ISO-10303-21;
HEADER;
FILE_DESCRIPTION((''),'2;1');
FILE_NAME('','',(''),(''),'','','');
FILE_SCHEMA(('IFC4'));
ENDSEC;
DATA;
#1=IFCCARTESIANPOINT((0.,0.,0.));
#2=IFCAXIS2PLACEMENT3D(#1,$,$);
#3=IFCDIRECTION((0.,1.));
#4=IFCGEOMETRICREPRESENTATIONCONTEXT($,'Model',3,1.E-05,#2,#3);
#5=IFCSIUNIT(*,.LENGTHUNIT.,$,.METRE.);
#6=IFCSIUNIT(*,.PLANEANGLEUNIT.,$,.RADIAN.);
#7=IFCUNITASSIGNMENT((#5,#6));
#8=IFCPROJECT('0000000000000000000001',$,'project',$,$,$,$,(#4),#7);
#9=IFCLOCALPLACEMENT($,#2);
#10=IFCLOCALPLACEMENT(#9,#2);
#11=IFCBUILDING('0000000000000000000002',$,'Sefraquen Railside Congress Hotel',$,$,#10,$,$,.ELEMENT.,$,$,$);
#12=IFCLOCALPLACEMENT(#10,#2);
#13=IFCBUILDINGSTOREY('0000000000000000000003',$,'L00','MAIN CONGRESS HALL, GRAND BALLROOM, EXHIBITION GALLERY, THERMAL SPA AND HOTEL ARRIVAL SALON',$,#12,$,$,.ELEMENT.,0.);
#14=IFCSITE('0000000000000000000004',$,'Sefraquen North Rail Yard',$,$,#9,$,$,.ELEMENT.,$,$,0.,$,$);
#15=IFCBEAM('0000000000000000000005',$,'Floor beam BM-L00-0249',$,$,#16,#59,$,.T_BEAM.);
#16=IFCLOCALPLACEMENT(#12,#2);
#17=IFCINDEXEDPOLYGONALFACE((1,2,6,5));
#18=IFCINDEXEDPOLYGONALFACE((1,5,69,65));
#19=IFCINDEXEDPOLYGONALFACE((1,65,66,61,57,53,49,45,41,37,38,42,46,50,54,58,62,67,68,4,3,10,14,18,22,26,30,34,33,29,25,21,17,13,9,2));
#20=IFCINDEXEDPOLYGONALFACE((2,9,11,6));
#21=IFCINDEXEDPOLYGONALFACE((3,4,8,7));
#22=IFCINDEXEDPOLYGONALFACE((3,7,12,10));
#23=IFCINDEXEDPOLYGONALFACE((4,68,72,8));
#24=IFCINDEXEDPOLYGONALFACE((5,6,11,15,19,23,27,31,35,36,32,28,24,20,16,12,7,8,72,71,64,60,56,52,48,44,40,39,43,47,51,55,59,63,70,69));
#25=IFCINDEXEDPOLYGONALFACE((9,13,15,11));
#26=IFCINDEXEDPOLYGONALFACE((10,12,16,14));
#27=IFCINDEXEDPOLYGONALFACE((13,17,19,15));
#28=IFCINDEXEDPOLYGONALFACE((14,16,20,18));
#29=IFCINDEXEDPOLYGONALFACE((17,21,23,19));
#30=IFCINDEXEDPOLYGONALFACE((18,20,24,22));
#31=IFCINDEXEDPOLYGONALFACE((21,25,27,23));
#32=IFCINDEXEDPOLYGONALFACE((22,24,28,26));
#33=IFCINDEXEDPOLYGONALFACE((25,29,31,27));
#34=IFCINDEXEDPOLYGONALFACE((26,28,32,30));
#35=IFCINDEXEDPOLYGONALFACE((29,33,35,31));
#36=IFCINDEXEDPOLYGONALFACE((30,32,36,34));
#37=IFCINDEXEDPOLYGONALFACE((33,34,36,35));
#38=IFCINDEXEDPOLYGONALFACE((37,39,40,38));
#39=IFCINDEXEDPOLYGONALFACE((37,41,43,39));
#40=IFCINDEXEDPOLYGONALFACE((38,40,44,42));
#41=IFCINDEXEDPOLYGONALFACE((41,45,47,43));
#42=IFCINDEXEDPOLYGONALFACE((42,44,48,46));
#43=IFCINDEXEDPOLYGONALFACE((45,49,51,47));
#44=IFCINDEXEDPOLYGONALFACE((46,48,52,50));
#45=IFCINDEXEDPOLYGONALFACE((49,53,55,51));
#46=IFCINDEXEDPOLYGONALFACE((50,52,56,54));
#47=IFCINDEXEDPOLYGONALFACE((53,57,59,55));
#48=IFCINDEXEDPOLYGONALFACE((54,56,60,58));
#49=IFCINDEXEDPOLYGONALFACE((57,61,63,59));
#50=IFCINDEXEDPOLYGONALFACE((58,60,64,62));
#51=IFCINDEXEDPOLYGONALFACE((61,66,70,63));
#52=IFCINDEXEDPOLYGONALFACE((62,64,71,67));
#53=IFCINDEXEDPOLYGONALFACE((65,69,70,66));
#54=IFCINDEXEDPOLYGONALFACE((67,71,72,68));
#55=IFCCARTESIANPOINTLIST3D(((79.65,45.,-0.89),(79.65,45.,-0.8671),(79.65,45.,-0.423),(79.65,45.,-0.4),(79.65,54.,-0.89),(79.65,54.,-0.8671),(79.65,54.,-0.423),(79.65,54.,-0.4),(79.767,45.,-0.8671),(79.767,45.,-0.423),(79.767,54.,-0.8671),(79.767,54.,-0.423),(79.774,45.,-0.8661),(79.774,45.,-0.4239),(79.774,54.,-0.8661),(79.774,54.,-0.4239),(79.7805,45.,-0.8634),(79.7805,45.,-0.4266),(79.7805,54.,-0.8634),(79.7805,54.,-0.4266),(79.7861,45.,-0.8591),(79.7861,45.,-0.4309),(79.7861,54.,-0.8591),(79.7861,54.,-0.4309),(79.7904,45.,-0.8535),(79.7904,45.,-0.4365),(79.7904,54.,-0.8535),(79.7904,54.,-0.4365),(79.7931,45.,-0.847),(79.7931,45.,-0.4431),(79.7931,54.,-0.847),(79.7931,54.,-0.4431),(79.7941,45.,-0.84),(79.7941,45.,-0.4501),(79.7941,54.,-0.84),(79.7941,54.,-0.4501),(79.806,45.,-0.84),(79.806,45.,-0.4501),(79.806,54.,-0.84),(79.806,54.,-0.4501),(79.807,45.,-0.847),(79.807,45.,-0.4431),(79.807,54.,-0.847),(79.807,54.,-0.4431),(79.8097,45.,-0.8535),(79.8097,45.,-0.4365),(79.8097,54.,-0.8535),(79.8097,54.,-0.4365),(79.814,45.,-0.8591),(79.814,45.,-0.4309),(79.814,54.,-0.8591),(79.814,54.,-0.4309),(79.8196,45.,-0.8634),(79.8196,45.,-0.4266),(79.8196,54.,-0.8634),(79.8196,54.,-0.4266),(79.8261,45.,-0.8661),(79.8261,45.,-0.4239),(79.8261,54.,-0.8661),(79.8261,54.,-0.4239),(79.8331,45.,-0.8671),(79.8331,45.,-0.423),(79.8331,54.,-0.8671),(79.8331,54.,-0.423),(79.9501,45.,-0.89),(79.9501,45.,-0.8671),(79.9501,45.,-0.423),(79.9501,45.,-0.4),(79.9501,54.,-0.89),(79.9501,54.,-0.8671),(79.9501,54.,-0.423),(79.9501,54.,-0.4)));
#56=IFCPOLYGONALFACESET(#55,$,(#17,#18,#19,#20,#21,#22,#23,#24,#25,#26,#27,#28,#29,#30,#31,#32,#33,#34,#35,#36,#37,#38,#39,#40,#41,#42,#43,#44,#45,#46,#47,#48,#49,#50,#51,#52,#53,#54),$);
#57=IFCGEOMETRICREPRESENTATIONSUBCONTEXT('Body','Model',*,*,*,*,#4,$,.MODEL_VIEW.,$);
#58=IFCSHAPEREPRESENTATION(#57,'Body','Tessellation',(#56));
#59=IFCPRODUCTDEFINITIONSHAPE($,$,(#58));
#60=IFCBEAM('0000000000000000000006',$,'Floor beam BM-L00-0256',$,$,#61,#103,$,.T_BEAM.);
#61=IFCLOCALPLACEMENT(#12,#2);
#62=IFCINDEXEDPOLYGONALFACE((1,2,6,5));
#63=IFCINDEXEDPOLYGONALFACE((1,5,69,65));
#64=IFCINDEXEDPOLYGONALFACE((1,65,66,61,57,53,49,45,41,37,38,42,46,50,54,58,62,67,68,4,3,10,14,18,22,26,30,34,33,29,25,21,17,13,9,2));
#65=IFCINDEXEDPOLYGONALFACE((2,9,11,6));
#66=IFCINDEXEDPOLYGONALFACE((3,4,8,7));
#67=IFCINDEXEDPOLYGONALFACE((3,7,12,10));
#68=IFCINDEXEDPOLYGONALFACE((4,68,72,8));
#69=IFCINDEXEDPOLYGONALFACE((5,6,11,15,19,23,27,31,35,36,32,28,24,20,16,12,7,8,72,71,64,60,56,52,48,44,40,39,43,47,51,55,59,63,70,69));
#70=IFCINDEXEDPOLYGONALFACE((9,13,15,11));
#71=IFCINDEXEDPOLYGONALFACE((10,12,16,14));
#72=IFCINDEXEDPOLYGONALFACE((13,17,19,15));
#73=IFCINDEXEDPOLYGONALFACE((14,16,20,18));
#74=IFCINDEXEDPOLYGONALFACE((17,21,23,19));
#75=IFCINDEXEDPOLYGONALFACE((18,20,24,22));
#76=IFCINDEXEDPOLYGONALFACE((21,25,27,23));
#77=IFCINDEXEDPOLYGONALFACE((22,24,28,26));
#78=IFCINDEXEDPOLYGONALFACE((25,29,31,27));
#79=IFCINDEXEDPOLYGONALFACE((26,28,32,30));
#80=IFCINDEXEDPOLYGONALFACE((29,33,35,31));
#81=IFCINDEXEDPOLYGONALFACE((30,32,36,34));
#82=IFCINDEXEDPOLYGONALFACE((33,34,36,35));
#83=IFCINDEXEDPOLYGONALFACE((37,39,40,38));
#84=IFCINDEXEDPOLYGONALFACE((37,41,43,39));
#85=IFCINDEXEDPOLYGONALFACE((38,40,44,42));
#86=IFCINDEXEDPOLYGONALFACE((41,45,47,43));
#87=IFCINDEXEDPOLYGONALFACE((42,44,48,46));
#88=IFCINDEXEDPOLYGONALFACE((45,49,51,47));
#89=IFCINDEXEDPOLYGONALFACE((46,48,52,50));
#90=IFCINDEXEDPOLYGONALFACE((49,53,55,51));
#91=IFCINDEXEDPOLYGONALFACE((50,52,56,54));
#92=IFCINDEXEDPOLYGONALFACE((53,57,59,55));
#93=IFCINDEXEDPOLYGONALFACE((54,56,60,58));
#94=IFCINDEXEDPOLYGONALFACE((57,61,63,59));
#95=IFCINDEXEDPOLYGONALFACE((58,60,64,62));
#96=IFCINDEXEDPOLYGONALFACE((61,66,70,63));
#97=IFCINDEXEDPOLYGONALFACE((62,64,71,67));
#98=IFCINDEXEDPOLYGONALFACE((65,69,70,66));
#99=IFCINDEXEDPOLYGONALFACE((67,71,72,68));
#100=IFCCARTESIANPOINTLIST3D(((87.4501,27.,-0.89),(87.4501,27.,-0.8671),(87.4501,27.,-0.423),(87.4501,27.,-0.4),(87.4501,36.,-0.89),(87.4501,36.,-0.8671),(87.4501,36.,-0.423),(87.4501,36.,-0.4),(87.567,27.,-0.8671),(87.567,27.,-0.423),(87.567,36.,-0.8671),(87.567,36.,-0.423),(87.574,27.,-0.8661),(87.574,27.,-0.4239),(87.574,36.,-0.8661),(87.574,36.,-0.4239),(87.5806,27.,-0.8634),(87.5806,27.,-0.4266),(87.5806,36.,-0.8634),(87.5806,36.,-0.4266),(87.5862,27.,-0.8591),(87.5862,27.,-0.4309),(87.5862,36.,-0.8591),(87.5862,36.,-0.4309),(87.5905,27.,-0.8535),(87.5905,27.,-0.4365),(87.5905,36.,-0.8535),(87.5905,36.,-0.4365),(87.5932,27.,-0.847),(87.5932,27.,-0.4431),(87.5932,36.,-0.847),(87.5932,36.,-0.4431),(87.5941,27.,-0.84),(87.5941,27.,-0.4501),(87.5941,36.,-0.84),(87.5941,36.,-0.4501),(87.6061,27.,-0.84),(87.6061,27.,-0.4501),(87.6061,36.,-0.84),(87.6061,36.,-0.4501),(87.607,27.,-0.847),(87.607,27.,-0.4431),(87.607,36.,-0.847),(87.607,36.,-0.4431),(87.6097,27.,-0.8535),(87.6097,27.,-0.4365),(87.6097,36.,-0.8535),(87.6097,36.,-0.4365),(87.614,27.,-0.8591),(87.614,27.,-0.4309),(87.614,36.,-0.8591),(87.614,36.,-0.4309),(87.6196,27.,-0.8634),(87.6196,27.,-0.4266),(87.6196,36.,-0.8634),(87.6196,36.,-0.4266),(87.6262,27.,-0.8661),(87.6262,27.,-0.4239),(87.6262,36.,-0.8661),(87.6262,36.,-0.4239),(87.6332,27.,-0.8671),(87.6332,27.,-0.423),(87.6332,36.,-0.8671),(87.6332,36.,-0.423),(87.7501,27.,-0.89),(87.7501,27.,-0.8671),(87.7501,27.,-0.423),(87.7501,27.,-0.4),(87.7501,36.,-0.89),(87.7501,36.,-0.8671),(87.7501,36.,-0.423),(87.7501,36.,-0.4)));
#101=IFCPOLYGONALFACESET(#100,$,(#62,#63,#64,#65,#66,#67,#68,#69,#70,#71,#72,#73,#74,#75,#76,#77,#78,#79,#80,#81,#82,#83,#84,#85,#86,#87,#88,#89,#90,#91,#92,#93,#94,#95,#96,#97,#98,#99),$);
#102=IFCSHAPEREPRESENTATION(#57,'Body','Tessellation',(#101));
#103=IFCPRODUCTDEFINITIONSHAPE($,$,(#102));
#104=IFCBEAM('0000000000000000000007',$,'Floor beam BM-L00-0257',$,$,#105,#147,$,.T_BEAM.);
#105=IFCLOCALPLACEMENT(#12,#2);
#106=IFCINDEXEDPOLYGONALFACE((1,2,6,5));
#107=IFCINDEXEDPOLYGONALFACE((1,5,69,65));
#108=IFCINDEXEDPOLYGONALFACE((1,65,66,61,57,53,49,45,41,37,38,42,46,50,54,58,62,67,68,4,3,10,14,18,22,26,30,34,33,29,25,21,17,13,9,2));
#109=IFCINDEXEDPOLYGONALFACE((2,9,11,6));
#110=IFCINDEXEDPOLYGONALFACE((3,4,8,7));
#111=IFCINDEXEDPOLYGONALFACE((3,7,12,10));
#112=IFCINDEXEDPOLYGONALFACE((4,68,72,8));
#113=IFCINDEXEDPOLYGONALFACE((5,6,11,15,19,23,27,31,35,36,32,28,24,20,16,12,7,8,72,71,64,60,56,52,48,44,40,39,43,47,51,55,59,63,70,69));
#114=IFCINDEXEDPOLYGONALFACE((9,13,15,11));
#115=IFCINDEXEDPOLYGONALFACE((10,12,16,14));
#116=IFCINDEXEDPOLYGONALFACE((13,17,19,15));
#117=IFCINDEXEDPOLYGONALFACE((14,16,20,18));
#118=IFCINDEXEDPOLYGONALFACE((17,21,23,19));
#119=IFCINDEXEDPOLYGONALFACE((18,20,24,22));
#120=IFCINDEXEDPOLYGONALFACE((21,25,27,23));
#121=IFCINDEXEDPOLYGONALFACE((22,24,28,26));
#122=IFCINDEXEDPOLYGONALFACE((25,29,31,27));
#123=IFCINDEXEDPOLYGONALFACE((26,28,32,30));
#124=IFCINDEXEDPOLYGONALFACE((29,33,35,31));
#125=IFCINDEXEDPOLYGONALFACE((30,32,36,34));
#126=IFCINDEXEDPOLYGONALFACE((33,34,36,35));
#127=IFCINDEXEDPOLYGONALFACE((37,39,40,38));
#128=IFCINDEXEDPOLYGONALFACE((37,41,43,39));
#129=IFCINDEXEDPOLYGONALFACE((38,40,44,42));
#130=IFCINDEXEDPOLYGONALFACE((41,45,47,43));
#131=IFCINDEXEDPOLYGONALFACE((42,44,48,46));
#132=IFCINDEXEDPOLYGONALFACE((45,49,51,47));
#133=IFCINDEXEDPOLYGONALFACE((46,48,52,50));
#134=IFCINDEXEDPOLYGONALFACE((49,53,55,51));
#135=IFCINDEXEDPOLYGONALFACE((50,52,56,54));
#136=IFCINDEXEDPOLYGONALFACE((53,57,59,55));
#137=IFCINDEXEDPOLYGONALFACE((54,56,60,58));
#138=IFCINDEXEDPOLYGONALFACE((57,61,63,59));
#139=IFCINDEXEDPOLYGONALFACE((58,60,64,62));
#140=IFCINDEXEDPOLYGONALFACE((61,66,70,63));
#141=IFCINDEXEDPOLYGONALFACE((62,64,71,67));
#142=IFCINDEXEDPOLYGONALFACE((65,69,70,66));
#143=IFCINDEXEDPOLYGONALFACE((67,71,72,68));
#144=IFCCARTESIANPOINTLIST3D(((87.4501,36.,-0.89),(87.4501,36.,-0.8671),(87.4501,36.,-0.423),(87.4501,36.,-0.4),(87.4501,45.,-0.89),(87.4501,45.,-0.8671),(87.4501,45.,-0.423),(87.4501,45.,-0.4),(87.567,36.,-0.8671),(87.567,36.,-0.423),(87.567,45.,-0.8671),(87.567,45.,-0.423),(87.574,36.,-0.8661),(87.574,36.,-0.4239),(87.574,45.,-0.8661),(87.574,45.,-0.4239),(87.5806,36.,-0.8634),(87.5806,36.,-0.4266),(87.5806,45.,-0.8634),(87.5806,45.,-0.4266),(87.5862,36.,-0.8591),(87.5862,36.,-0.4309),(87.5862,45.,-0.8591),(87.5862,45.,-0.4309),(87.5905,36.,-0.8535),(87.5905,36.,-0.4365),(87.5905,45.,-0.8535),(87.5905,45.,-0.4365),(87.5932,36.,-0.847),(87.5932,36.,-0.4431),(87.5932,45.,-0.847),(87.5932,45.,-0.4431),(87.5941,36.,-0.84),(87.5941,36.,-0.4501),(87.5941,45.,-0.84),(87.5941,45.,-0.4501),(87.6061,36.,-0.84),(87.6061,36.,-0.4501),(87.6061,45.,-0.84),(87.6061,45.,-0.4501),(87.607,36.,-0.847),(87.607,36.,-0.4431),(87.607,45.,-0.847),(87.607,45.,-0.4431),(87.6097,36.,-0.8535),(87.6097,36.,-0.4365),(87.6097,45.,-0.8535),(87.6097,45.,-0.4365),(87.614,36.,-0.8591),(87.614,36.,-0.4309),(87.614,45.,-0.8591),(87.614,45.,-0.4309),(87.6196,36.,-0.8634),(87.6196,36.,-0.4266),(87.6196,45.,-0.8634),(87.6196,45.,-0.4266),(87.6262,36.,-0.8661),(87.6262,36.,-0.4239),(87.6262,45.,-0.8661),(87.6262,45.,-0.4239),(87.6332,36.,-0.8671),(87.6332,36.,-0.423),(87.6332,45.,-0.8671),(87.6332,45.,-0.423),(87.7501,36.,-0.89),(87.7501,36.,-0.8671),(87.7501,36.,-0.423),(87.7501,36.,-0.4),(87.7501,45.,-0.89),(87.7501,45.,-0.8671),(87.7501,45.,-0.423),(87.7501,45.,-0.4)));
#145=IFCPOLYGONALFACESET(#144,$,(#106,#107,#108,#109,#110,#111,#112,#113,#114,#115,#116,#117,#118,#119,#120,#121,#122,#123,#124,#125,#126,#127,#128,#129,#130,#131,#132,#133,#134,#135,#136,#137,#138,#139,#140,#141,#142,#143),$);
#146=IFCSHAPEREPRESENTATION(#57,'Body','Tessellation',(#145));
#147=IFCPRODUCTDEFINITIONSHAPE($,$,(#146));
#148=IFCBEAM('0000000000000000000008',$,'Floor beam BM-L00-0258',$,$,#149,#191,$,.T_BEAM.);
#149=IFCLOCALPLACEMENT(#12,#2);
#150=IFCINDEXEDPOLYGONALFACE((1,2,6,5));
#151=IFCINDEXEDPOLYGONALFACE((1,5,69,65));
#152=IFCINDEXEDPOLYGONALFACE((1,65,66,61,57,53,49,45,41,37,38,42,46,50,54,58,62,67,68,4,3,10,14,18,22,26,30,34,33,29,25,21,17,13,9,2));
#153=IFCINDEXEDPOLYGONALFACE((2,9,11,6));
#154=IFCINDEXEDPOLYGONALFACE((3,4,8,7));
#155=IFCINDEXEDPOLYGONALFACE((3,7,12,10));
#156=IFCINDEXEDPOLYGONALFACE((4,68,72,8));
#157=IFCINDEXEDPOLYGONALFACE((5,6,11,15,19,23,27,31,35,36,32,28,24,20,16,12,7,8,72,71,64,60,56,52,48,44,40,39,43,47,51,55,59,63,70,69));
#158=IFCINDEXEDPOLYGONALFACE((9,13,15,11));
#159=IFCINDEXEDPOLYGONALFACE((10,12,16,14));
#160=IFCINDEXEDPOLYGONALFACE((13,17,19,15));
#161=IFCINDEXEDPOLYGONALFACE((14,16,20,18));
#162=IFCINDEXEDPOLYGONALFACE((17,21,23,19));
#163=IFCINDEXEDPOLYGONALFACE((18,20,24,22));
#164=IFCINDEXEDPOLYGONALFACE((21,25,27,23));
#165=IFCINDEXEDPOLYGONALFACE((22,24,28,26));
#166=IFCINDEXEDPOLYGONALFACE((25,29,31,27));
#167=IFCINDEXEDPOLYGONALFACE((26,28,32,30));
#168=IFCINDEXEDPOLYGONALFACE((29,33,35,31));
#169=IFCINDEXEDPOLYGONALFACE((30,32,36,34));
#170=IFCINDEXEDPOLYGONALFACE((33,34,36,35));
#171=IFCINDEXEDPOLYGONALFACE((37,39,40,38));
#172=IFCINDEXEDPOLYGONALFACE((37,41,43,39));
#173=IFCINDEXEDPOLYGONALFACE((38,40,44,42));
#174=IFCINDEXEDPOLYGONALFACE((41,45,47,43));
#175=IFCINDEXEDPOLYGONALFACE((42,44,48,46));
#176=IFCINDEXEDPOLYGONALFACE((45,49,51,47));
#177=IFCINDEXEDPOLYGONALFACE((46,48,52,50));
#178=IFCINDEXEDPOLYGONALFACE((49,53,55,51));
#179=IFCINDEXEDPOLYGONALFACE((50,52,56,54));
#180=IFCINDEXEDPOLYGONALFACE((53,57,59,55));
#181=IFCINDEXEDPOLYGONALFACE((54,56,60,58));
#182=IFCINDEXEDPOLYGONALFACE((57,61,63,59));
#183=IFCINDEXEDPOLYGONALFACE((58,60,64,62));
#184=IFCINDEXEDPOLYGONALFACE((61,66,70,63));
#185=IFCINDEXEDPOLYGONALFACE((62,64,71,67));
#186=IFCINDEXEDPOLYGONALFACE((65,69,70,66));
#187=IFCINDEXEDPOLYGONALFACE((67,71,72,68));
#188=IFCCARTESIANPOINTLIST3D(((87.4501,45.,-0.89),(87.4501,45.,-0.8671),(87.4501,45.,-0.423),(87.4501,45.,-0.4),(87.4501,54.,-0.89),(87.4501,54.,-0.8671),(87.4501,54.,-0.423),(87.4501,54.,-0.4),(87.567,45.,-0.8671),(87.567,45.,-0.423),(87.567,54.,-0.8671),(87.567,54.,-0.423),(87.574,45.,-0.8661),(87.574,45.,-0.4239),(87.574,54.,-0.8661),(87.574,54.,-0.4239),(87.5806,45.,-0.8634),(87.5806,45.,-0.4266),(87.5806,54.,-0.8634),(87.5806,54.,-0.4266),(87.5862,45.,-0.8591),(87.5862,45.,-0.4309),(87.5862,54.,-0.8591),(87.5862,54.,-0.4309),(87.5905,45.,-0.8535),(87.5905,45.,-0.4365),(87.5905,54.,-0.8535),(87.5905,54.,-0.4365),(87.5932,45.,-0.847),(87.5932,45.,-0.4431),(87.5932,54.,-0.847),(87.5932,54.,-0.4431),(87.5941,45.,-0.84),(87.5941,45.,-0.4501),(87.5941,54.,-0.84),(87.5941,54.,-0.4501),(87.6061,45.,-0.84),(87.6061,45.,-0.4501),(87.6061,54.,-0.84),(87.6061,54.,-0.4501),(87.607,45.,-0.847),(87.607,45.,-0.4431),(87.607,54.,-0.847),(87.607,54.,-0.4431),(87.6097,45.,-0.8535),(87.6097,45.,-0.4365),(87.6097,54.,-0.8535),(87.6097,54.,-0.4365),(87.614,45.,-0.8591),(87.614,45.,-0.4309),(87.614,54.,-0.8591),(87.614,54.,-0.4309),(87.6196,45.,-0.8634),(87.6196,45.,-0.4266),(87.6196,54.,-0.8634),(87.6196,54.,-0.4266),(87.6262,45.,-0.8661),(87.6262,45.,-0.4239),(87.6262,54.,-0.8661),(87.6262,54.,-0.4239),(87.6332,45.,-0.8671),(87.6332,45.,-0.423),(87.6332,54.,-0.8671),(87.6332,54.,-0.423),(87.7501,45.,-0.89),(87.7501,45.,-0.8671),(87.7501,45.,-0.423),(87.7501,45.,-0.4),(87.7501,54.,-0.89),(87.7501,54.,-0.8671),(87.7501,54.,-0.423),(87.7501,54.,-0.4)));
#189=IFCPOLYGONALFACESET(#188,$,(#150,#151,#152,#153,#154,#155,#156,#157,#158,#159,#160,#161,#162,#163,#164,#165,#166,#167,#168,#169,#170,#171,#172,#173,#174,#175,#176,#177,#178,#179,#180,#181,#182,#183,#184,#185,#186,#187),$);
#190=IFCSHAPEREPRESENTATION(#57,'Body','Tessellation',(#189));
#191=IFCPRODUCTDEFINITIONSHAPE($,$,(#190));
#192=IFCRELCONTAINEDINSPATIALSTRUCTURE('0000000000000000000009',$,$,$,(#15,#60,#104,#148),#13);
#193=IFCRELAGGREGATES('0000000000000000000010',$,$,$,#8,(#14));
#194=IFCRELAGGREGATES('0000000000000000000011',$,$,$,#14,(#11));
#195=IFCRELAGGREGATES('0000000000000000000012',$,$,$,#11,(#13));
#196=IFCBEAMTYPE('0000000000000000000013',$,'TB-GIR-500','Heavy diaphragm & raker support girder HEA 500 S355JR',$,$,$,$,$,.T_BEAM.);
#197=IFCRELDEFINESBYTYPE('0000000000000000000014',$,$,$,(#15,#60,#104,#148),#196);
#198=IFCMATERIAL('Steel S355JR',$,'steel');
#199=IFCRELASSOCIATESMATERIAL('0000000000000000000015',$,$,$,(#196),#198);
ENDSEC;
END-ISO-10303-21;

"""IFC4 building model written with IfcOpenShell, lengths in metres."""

from ifc_helpers import new_model, si_unit, direction, frame, origin, origin_2d, place, context, subcontext, project, spatial, i_section, extrude, material, material_profile, profile_set, type_object, element, save


model = new_model("IFC4")

# Units and contexts
model_context = context("Model", 3, precision=1e-05, world=origin(), true_north=direction((0.0, 1.0)))
body_context = subcontext(model_context, "Body", "Model", "MODEL_VIEW")
ifc_project = project(units=[si_unit("LENGTHUNIT", "METRE"), si_unit("PLANEANGLEUNIT", "RADIAN")], contexts=[model_context])

# Site, building, storey
site_placement = place(None, origin())
site = spatial("IfcSite", under=ifc_project, at=site_placement, Name="Sefraquen North Rail Yard", CompositionType="ELEMENT", RefElevation=0.0)
building_placement = place(site_placement, origin())
building = spatial("IfcBuilding", under=site, at=building_placement, Name="Sefraquen Railside Congress Hotel", CompositionType="ELEMENT")
storey_placement = place(building_placement, origin())
storey = spatial("IfcBuildingStorey", under=building, at=storey_placement, Name="L00", Description="MAIN CONGRESS HALL, GRAND BALLROOM, EXHIBITION GALLERY, THERMAL SPA AND HOTEL ARRIVAL SALON", CompositionType="ELEMENT", Elevation=0.0)

# Shared definitions
ifc_material_1 = material(Name="Steel S355JR", Category="steel")

# Beams
ifc_material_profile_1 = material_profile(ifc_material_1, i_section(OverallWidth=0.3, OverallDepth=0.49, WebThickness=0.012, FlangeThickness=0.0229, FilletRadius=0.0271, at=origin_2d()), Name="HEA 500")
ifc_profile_set_1 = profile_set([ifc_material_profile_1], Name="Steel S355JR")
beam_type_1 = type_object("IfcBeamType", Name="TB-GIR-500", Description="Heavy diaphragm & raker support girder HEA 500 S355JR", PredefinedType="T_BEAM", material=ifc_profile_set_1)
for number, where, z_axis, x_axis, name in (
    (1, (79.8, 45.0, -0.645), (0.0, 1.0, 0.0), (-1.0, 0.0, 0.0), "Floor beam BM-L00-0249"),
    (2, (87.6001, 27.0, -0.645), (0.0, 1.0, 0.0), (-1.0, 0.0, 0.0), "Floor beam BM-L00-0256"),
    (3, (87.6001, 36.0, -0.645), (0.0, 1.0, 0.0), (-1.0, 0.0, 0.0), "Floor beam BM-L00-0257"),
    (4, (87.6001, 45.0, -0.645), (0.0, 1.0, 0.0), (-1.0, 0.0, 0.0), "Floor beam BM-L00-0258"),
):
    element("IfcBeam", number, at=place(storey_placement, frame(where, z_axis=z_axis, x_axis=x_axis)), inside=storey, type_object=beam_type_1, Name=name, PredefinedType="T_BEAM", context=body_context, shape_type="SweptSolid", body=[
        extrude(i_section(OverallWidth=0.3, OverallDepth=0.49, WebThickness=0.012, FlangeThickness=0.0229, FilletRadius=0.0271, at=origin_2d()), origin(), (0.0, 0.0, 1.0), 9.0),
    ])

save(model, "model.ifc")
